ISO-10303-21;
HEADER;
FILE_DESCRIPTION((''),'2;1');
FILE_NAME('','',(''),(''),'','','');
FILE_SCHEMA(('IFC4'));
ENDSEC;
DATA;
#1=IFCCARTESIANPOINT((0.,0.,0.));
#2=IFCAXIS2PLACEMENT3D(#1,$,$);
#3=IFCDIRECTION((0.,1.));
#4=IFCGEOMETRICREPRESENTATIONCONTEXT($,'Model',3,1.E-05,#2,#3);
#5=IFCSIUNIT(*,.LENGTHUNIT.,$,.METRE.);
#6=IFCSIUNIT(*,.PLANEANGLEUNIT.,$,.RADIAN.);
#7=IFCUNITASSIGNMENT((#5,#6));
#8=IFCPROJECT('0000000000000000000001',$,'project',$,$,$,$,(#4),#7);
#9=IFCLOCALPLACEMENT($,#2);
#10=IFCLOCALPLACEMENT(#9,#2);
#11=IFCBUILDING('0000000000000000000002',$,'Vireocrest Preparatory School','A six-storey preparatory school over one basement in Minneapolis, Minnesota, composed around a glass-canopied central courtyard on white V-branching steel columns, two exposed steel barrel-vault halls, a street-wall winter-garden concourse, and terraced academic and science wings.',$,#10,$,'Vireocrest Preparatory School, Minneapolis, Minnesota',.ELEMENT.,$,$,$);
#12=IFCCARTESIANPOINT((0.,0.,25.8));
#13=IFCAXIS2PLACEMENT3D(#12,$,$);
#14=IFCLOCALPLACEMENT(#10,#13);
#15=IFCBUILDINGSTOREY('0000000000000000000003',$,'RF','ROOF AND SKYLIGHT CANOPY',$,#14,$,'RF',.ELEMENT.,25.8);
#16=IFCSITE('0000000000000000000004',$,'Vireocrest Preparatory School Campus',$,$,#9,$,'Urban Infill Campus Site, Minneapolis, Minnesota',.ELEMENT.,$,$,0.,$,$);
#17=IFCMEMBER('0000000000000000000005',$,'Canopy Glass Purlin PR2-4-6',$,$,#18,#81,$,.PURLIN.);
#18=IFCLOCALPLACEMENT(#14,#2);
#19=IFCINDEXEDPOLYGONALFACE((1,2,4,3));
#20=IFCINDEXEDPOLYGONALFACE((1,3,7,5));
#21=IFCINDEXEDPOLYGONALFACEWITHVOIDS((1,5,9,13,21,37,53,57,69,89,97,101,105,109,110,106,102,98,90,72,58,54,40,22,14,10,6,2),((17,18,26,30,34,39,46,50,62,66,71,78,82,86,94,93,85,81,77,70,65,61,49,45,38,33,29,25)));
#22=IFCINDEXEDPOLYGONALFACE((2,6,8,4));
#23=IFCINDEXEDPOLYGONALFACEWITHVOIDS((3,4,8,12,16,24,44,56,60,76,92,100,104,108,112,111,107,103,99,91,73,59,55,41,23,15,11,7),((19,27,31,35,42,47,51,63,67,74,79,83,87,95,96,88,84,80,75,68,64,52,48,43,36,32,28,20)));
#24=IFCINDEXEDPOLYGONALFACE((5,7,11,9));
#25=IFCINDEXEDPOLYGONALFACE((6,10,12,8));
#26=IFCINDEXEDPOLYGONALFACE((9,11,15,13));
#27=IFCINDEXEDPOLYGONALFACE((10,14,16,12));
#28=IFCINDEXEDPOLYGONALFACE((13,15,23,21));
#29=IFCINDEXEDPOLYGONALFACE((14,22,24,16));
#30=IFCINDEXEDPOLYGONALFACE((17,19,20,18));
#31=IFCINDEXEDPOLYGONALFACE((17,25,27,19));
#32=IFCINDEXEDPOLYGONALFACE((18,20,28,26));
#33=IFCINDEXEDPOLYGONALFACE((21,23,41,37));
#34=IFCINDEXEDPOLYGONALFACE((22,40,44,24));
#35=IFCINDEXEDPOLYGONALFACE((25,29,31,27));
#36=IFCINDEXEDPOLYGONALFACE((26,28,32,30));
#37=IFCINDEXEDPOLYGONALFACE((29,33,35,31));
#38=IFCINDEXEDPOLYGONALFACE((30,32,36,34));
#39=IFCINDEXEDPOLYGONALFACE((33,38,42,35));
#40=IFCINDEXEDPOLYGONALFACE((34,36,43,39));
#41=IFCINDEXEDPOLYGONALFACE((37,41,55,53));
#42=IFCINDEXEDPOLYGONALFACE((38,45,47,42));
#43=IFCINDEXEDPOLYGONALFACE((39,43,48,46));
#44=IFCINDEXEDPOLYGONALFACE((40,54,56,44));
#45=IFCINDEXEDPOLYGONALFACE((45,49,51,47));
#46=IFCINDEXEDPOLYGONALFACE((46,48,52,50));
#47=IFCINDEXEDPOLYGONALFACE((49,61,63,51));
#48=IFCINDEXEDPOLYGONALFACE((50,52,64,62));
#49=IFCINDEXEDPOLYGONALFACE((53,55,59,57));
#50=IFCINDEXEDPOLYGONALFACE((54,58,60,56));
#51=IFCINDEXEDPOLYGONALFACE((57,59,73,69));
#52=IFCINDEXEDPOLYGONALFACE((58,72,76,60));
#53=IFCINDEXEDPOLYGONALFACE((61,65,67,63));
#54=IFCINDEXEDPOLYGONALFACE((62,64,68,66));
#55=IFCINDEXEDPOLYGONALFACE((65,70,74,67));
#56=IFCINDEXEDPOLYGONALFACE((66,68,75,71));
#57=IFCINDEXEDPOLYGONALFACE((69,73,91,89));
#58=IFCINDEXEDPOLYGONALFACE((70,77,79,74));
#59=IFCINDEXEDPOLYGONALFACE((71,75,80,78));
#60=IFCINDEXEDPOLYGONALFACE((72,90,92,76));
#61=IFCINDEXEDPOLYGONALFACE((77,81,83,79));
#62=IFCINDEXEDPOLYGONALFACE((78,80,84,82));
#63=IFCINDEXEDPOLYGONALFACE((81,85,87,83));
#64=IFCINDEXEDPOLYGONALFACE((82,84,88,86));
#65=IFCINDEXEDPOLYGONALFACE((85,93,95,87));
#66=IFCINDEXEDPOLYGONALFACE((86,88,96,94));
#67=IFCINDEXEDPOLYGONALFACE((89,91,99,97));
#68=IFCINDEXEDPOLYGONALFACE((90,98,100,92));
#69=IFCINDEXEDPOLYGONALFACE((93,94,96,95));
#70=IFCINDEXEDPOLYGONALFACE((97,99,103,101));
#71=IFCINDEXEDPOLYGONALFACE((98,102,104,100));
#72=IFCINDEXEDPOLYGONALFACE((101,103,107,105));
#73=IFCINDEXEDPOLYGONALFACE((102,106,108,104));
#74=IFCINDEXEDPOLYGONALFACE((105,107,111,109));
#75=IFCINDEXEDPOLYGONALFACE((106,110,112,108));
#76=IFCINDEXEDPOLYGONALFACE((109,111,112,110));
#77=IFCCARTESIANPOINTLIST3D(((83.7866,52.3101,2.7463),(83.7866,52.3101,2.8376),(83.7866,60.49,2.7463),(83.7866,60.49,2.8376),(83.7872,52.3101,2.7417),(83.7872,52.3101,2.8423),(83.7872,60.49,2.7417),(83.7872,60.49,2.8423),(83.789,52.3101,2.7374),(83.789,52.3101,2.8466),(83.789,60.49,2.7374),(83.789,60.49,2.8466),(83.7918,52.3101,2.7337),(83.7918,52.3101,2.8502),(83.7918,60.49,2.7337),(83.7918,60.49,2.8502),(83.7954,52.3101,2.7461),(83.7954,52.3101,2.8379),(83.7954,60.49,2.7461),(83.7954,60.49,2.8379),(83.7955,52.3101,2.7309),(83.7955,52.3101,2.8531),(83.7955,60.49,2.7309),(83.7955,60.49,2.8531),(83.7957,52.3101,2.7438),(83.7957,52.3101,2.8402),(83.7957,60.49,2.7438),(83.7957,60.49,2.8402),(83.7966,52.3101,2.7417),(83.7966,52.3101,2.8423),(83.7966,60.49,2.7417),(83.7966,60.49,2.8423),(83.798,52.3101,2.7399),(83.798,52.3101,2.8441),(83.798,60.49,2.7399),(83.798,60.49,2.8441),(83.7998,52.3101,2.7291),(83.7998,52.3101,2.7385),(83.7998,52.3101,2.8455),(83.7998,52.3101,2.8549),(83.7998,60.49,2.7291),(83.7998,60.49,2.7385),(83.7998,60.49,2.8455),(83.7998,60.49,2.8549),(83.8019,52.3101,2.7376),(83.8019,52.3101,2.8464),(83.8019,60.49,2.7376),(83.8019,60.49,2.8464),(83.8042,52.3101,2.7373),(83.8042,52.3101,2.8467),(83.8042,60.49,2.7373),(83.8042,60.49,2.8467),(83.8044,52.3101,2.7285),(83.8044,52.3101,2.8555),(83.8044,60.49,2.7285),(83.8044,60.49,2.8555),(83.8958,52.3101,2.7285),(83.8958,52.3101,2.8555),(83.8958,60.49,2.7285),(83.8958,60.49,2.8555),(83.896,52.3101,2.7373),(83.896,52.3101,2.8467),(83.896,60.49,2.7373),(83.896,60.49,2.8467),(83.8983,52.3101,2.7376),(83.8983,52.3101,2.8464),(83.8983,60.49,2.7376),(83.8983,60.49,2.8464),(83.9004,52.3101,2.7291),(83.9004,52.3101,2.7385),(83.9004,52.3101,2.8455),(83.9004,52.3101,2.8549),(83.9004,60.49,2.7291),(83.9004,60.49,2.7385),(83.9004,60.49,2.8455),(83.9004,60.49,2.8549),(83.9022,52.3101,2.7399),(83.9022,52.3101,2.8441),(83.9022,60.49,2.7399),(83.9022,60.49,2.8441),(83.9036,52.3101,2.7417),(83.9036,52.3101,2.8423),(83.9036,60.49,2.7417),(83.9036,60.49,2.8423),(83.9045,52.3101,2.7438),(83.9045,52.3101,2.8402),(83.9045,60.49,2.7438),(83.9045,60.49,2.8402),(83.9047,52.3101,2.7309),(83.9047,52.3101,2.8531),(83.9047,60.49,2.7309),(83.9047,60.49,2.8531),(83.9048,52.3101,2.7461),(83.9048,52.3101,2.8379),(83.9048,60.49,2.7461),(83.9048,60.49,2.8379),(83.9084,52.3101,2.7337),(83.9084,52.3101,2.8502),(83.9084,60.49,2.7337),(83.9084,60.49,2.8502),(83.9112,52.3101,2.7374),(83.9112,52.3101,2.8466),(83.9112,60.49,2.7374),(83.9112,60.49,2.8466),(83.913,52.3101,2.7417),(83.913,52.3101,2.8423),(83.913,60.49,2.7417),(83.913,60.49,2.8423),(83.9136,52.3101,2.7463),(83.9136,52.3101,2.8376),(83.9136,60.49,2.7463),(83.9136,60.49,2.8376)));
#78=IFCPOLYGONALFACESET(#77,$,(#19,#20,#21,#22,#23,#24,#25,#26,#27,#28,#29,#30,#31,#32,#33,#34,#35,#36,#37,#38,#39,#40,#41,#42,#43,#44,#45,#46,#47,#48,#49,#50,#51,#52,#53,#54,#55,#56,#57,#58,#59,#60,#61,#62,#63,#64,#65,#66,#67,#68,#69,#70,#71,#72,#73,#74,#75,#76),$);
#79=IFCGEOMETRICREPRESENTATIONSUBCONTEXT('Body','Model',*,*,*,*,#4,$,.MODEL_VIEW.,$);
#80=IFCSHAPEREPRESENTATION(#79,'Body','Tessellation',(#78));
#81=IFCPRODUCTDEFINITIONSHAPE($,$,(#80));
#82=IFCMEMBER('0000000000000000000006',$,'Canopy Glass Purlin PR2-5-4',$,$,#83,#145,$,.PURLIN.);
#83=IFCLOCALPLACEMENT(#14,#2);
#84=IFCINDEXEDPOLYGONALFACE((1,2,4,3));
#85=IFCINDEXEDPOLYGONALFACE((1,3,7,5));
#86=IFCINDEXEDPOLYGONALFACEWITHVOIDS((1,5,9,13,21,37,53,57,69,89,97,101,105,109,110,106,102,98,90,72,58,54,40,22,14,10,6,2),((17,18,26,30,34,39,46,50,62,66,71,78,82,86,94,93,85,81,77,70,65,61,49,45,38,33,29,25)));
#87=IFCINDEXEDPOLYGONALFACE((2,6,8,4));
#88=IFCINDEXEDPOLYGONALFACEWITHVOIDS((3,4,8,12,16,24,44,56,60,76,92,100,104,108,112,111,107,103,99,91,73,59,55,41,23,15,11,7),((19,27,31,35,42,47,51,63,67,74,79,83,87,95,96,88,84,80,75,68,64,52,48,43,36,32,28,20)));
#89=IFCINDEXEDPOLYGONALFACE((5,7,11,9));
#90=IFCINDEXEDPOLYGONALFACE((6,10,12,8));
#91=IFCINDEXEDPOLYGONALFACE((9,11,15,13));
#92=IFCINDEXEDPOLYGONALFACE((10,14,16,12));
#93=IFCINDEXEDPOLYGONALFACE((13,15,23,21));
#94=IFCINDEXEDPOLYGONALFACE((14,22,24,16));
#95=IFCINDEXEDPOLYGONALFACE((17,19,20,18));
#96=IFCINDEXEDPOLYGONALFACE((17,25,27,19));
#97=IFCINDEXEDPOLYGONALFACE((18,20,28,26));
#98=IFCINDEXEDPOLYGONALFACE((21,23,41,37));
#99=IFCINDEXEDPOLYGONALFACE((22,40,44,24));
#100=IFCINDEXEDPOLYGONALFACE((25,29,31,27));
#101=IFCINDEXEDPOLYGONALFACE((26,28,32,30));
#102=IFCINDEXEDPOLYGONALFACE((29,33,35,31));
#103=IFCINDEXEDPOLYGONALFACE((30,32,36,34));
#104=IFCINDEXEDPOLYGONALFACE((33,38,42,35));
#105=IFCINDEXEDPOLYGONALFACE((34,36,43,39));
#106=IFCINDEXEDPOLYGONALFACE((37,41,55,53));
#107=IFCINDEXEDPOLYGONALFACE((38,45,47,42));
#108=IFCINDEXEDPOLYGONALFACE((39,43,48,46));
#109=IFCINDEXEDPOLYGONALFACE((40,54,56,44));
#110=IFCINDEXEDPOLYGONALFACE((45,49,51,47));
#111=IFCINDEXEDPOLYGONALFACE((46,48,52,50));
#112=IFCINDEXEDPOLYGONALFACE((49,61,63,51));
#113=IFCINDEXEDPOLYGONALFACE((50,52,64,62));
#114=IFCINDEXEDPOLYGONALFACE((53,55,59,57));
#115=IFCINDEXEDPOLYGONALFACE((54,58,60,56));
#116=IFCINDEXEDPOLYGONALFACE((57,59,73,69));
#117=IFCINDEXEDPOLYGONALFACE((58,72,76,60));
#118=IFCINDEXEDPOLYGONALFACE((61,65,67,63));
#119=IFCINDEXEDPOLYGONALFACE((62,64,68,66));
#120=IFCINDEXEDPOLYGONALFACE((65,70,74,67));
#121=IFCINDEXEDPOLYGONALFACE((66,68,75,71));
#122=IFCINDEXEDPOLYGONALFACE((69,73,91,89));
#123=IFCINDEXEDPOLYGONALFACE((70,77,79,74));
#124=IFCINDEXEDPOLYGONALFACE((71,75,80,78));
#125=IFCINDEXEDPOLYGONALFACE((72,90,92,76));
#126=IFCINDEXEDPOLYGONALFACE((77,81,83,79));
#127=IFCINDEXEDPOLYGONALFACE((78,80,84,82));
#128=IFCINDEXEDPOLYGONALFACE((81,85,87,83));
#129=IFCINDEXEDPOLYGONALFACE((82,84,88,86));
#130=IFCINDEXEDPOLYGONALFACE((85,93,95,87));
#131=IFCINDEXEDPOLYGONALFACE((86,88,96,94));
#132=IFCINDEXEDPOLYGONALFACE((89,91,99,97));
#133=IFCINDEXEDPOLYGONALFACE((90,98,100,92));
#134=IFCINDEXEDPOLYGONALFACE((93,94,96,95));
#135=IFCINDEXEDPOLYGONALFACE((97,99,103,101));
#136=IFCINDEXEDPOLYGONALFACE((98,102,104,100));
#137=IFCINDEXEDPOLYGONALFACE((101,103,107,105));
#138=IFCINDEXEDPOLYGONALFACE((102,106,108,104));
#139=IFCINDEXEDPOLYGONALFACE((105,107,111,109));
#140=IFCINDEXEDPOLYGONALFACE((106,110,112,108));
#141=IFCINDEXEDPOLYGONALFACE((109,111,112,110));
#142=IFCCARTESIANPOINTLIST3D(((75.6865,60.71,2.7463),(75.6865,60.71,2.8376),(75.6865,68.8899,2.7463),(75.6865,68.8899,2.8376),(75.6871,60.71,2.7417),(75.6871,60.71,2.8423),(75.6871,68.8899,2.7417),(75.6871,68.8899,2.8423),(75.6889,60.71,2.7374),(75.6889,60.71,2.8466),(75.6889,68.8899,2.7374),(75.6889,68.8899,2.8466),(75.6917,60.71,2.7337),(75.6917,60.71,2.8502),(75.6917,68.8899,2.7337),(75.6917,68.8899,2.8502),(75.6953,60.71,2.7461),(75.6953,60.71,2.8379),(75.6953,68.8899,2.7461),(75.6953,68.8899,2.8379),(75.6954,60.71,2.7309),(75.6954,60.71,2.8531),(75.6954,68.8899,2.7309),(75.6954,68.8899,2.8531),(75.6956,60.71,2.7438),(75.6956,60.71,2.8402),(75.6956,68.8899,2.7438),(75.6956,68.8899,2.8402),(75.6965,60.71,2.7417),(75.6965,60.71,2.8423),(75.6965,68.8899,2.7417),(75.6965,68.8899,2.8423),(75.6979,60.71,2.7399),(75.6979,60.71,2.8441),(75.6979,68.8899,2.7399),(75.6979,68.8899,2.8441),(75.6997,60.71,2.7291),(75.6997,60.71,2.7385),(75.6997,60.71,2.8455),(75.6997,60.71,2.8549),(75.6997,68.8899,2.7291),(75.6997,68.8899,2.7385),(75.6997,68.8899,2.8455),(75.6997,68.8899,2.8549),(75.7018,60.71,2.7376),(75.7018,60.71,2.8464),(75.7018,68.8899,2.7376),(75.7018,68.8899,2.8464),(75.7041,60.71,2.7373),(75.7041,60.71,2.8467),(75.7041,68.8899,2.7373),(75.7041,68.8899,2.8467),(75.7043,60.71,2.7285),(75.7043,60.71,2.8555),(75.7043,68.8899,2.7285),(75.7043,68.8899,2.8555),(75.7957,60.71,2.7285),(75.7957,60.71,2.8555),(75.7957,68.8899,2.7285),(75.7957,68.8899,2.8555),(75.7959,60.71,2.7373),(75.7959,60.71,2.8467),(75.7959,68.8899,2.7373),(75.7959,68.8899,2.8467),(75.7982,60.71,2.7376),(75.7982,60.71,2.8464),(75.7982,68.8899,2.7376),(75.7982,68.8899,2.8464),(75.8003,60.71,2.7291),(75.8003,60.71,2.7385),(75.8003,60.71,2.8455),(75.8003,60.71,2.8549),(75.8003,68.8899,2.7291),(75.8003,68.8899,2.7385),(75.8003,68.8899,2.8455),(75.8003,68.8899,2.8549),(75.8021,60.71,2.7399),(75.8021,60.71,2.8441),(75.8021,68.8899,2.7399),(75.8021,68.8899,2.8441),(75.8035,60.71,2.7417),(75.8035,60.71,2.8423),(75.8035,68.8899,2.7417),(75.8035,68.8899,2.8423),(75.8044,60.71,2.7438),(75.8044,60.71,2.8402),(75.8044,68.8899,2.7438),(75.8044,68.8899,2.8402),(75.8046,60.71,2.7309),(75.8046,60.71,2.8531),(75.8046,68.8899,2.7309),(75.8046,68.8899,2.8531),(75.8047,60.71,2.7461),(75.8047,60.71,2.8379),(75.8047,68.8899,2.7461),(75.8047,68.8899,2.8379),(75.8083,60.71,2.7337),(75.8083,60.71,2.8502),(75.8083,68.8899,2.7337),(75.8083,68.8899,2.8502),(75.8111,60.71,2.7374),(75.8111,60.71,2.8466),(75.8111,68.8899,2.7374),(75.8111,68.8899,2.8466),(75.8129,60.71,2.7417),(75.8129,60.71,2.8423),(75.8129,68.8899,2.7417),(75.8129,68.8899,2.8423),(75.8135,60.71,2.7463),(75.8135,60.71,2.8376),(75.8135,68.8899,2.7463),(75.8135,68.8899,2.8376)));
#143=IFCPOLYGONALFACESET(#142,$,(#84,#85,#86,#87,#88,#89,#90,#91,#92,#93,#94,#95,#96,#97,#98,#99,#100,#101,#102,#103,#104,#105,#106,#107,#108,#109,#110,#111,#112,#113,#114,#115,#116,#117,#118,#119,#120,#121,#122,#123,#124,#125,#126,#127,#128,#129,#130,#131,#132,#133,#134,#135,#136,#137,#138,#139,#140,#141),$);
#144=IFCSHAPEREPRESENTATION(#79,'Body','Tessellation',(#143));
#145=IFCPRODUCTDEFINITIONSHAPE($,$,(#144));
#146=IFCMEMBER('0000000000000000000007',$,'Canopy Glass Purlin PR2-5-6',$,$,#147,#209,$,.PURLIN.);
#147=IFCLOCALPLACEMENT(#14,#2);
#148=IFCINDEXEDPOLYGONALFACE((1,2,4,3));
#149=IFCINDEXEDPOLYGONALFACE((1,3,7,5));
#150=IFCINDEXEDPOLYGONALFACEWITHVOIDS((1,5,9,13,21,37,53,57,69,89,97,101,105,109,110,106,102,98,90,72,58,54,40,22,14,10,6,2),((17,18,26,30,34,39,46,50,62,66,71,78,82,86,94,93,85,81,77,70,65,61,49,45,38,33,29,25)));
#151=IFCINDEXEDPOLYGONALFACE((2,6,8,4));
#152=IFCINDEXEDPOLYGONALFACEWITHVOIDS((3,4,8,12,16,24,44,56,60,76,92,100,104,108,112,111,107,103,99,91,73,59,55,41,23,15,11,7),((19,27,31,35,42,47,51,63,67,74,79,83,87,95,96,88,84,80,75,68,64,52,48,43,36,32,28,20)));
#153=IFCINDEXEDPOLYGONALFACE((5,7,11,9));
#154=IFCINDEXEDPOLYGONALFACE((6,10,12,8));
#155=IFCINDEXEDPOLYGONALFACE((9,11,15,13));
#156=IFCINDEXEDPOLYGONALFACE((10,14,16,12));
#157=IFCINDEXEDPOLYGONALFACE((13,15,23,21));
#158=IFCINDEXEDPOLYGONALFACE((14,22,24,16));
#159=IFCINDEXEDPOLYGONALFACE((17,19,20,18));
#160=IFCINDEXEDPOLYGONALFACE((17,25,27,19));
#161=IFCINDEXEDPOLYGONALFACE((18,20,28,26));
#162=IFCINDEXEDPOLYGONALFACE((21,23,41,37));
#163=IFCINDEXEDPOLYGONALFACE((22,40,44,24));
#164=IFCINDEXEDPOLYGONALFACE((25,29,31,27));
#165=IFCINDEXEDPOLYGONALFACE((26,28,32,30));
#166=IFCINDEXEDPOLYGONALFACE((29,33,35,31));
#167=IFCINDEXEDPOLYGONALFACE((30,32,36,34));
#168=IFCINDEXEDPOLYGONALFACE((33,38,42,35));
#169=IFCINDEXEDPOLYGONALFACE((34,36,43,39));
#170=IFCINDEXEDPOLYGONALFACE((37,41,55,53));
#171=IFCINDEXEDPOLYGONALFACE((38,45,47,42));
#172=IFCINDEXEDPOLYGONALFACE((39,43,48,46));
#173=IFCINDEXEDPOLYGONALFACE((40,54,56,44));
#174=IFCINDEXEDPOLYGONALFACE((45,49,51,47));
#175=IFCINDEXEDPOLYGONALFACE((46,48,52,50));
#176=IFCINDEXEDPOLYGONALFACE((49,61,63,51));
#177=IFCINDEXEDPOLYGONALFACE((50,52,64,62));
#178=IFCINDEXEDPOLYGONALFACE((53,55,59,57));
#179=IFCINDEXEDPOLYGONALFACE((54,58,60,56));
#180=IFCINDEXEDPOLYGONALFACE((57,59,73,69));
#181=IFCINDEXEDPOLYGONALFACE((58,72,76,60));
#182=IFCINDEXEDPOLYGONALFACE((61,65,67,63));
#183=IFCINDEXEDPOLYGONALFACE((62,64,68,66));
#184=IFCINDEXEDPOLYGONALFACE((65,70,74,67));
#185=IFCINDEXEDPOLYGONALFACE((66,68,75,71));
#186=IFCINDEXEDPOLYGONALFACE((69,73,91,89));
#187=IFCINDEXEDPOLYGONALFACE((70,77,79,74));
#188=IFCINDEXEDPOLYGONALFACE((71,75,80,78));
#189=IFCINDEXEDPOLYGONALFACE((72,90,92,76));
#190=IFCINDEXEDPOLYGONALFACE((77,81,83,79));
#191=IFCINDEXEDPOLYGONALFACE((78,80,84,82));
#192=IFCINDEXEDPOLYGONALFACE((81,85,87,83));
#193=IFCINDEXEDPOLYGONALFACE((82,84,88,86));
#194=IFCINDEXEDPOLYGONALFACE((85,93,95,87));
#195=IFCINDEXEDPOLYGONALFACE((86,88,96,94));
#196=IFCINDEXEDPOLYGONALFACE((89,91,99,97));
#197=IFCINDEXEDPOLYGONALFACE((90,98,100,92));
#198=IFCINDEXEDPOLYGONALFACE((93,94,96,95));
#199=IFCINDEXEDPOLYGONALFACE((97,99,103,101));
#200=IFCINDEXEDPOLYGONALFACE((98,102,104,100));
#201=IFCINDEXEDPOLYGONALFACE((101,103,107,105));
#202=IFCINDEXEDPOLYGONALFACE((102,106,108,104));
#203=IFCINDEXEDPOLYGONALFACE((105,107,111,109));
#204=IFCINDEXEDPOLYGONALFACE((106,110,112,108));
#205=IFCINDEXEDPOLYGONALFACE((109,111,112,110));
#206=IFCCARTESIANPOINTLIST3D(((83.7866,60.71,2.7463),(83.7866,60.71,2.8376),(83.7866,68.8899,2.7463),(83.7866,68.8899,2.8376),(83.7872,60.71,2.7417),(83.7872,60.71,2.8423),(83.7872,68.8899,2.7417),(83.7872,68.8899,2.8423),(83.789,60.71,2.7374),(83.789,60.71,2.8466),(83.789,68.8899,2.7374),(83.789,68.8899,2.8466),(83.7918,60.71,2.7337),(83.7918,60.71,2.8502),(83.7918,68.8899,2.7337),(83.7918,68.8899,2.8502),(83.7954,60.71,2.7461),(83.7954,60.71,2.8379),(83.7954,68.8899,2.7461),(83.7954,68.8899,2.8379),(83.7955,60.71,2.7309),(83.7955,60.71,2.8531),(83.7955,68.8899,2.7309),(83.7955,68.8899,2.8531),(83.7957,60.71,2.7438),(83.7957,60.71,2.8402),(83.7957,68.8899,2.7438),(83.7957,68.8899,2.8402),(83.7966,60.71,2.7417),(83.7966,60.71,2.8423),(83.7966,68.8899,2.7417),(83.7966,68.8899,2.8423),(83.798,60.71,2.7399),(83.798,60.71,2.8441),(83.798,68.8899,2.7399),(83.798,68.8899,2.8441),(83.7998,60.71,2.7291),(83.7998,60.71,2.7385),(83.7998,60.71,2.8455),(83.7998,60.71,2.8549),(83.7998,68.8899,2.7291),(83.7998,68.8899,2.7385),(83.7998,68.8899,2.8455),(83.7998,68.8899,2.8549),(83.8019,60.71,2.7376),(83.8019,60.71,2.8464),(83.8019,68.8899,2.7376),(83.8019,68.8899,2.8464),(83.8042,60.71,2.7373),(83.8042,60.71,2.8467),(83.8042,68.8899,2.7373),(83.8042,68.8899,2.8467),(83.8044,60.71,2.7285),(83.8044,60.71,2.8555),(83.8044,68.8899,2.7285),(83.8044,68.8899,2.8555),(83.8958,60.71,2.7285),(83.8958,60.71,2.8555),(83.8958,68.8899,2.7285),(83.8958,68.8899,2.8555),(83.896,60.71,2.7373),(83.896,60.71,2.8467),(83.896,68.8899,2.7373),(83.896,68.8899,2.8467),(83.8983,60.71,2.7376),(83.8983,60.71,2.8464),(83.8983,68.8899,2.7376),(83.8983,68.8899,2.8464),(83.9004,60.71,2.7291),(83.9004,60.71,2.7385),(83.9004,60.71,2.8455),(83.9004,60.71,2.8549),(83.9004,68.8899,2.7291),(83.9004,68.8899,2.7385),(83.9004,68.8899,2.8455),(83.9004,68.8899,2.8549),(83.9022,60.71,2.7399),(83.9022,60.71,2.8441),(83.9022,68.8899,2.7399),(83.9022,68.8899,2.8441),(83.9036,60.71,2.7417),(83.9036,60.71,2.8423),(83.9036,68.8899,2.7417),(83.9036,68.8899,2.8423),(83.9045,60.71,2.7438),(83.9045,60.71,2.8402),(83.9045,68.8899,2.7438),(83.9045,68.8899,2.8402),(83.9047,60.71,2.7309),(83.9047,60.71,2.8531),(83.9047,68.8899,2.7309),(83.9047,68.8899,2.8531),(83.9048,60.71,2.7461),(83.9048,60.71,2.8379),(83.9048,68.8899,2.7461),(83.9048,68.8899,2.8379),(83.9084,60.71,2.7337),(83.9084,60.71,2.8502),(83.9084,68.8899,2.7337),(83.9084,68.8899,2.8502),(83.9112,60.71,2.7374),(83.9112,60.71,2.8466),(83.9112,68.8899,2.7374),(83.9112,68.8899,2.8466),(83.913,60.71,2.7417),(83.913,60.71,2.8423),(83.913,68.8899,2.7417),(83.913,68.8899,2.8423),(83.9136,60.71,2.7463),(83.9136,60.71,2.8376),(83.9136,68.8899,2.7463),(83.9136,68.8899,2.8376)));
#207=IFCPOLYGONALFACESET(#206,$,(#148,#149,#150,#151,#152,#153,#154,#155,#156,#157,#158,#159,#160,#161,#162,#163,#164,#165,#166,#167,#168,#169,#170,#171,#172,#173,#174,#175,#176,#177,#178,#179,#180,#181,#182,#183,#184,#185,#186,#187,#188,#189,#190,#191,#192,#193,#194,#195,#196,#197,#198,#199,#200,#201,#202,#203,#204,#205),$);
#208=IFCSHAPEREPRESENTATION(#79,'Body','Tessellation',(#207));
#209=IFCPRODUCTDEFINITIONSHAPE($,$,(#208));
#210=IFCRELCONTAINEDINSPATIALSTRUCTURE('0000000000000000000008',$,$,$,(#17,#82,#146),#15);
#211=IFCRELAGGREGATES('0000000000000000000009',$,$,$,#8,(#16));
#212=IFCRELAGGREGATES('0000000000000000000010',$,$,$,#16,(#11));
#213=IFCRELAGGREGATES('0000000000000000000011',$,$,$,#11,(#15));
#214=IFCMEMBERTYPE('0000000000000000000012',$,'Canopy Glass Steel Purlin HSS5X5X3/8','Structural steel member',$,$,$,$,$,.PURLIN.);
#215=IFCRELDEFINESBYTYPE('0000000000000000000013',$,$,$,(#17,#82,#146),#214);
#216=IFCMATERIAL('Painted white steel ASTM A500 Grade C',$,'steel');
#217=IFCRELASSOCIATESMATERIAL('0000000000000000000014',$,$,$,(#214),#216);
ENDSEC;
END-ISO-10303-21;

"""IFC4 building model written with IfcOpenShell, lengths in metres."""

from ifc_helpers import new_model, si_unit, direction, frame, origin, origin_2d, place, context, subcontext, project, spatial, hollow_rectangle, extrude, material, material_profile, profile_set, type_object, element, save


model = new_model("IFC4")

# Units and contexts
model_context = context("Model", 3, precision=1e-05, world=origin(), true_north=direction((0.0, 1.0)))
body_context = subcontext(model_context, "Body", "Model", "MODEL_VIEW")
ifc_project = project(units=[si_unit("LENGTHUNIT", "METRE"), si_unit("PLANEANGLEUNIT", "RADIAN")], contexts=[model_context])

# Site, building, storey
site_placement = place(None, origin())
site = spatial("IfcSite", under=ifc_project, at=site_placement, Name="Vireocrest Preparatory School Campus", LongName="Urban Infill Campus Site, Minneapolis, Minnesota", CompositionType="ELEMENT", RefElevation=0.0)
building_placement = place(site_placement, origin())
building = spatial("IfcBuilding", under=site, at=building_placement, Name="Vireocrest Preparatory School", Description="A six-storey preparatory school over one basement in Minneapolis, Minnesota, composed around a glass-canopied central courtyard on white V-branching steel columns, two exposed steel barrel-vault halls, a street-wall winter-garden concourse, and terraced academic and science wings.", LongName="Vireocrest Preparatory School, Minneapolis, Minnesota", CompositionType="ELEMENT")
storey_placement = place(building_placement, frame((0.0, 0.0, 25.8)))
storey = spatial("IfcBuildingStorey", under=building, at=storey_placement, Name="RF", Description="ROOF AND SKYLIGHT CANOPY", LongName="RF", CompositionType="ELEMENT", Elevation=25.8)

# Members
ifc_material_1 = material(Name="Painted white steel ASTM A500 Grade C", Category="steel")
ifc_material_profile_1 = material_profile(ifc_material_1, hollow_rectangle(XDim=0.127, YDim=0.127, WallThickness=0.0088, InnerFilletRadius=0.0088, OuterFilletRadius=0.0178, at=origin_2d()), Name="HSS5X5X3/8")
ifc_profile_set_1 = profile_set([ifc_material_profile_1], Name="Painted white steel ASTM A500 Grade C")
member_type_1 = type_object("IfcMemberType", Name="Canopy Glass Steel Purlin HSS5X5X3/8", Description="Structural steel member", PredefinedType="PURLIN", material=ifc_profile_set_1)
for number, where, z_axis, x_axis, name in (
    (1, (83.8501, 52.3101, 2.792), (0.0, 1.0, 0.0), (-1.0, 0.0, 0.0), "Canopy Glass Purlin PR2-4-6"),
    (2, (75.75, 60.71, 2.792), (0.0, 1.0, 0.0), (-1.0, 0.0, 0.0), "Canopy Glass Purlin PR2-5-4"),
    (3, (83.8501, 60.71, 2.792), (0.0, 1.0, 0.0), (-1.0, 0.0, 0.0), "Canopy Glass Purlin PR2-5-6"),
):
    element("IfcMember", number, at=place(storey_placement, frame(where, z_axis=z_axis, x_axis=x_axis)), inside=storey, type_object=member_type_1, Name=name, PredefinedType="PURLIN", context=body_context, shape_type="SweptSolid", body=[
        extrude(hollow_rectangle(XDim=0.127, YDim=0.127, WallThickness=0.0088, InnerFilletRadius=0.0088, OuterFilletRadius=0.0178, at=origin_2d()), origin(), (0.0, 0.0, 1.0), 8.1799),
    ])

save(model, "model.ifc")
